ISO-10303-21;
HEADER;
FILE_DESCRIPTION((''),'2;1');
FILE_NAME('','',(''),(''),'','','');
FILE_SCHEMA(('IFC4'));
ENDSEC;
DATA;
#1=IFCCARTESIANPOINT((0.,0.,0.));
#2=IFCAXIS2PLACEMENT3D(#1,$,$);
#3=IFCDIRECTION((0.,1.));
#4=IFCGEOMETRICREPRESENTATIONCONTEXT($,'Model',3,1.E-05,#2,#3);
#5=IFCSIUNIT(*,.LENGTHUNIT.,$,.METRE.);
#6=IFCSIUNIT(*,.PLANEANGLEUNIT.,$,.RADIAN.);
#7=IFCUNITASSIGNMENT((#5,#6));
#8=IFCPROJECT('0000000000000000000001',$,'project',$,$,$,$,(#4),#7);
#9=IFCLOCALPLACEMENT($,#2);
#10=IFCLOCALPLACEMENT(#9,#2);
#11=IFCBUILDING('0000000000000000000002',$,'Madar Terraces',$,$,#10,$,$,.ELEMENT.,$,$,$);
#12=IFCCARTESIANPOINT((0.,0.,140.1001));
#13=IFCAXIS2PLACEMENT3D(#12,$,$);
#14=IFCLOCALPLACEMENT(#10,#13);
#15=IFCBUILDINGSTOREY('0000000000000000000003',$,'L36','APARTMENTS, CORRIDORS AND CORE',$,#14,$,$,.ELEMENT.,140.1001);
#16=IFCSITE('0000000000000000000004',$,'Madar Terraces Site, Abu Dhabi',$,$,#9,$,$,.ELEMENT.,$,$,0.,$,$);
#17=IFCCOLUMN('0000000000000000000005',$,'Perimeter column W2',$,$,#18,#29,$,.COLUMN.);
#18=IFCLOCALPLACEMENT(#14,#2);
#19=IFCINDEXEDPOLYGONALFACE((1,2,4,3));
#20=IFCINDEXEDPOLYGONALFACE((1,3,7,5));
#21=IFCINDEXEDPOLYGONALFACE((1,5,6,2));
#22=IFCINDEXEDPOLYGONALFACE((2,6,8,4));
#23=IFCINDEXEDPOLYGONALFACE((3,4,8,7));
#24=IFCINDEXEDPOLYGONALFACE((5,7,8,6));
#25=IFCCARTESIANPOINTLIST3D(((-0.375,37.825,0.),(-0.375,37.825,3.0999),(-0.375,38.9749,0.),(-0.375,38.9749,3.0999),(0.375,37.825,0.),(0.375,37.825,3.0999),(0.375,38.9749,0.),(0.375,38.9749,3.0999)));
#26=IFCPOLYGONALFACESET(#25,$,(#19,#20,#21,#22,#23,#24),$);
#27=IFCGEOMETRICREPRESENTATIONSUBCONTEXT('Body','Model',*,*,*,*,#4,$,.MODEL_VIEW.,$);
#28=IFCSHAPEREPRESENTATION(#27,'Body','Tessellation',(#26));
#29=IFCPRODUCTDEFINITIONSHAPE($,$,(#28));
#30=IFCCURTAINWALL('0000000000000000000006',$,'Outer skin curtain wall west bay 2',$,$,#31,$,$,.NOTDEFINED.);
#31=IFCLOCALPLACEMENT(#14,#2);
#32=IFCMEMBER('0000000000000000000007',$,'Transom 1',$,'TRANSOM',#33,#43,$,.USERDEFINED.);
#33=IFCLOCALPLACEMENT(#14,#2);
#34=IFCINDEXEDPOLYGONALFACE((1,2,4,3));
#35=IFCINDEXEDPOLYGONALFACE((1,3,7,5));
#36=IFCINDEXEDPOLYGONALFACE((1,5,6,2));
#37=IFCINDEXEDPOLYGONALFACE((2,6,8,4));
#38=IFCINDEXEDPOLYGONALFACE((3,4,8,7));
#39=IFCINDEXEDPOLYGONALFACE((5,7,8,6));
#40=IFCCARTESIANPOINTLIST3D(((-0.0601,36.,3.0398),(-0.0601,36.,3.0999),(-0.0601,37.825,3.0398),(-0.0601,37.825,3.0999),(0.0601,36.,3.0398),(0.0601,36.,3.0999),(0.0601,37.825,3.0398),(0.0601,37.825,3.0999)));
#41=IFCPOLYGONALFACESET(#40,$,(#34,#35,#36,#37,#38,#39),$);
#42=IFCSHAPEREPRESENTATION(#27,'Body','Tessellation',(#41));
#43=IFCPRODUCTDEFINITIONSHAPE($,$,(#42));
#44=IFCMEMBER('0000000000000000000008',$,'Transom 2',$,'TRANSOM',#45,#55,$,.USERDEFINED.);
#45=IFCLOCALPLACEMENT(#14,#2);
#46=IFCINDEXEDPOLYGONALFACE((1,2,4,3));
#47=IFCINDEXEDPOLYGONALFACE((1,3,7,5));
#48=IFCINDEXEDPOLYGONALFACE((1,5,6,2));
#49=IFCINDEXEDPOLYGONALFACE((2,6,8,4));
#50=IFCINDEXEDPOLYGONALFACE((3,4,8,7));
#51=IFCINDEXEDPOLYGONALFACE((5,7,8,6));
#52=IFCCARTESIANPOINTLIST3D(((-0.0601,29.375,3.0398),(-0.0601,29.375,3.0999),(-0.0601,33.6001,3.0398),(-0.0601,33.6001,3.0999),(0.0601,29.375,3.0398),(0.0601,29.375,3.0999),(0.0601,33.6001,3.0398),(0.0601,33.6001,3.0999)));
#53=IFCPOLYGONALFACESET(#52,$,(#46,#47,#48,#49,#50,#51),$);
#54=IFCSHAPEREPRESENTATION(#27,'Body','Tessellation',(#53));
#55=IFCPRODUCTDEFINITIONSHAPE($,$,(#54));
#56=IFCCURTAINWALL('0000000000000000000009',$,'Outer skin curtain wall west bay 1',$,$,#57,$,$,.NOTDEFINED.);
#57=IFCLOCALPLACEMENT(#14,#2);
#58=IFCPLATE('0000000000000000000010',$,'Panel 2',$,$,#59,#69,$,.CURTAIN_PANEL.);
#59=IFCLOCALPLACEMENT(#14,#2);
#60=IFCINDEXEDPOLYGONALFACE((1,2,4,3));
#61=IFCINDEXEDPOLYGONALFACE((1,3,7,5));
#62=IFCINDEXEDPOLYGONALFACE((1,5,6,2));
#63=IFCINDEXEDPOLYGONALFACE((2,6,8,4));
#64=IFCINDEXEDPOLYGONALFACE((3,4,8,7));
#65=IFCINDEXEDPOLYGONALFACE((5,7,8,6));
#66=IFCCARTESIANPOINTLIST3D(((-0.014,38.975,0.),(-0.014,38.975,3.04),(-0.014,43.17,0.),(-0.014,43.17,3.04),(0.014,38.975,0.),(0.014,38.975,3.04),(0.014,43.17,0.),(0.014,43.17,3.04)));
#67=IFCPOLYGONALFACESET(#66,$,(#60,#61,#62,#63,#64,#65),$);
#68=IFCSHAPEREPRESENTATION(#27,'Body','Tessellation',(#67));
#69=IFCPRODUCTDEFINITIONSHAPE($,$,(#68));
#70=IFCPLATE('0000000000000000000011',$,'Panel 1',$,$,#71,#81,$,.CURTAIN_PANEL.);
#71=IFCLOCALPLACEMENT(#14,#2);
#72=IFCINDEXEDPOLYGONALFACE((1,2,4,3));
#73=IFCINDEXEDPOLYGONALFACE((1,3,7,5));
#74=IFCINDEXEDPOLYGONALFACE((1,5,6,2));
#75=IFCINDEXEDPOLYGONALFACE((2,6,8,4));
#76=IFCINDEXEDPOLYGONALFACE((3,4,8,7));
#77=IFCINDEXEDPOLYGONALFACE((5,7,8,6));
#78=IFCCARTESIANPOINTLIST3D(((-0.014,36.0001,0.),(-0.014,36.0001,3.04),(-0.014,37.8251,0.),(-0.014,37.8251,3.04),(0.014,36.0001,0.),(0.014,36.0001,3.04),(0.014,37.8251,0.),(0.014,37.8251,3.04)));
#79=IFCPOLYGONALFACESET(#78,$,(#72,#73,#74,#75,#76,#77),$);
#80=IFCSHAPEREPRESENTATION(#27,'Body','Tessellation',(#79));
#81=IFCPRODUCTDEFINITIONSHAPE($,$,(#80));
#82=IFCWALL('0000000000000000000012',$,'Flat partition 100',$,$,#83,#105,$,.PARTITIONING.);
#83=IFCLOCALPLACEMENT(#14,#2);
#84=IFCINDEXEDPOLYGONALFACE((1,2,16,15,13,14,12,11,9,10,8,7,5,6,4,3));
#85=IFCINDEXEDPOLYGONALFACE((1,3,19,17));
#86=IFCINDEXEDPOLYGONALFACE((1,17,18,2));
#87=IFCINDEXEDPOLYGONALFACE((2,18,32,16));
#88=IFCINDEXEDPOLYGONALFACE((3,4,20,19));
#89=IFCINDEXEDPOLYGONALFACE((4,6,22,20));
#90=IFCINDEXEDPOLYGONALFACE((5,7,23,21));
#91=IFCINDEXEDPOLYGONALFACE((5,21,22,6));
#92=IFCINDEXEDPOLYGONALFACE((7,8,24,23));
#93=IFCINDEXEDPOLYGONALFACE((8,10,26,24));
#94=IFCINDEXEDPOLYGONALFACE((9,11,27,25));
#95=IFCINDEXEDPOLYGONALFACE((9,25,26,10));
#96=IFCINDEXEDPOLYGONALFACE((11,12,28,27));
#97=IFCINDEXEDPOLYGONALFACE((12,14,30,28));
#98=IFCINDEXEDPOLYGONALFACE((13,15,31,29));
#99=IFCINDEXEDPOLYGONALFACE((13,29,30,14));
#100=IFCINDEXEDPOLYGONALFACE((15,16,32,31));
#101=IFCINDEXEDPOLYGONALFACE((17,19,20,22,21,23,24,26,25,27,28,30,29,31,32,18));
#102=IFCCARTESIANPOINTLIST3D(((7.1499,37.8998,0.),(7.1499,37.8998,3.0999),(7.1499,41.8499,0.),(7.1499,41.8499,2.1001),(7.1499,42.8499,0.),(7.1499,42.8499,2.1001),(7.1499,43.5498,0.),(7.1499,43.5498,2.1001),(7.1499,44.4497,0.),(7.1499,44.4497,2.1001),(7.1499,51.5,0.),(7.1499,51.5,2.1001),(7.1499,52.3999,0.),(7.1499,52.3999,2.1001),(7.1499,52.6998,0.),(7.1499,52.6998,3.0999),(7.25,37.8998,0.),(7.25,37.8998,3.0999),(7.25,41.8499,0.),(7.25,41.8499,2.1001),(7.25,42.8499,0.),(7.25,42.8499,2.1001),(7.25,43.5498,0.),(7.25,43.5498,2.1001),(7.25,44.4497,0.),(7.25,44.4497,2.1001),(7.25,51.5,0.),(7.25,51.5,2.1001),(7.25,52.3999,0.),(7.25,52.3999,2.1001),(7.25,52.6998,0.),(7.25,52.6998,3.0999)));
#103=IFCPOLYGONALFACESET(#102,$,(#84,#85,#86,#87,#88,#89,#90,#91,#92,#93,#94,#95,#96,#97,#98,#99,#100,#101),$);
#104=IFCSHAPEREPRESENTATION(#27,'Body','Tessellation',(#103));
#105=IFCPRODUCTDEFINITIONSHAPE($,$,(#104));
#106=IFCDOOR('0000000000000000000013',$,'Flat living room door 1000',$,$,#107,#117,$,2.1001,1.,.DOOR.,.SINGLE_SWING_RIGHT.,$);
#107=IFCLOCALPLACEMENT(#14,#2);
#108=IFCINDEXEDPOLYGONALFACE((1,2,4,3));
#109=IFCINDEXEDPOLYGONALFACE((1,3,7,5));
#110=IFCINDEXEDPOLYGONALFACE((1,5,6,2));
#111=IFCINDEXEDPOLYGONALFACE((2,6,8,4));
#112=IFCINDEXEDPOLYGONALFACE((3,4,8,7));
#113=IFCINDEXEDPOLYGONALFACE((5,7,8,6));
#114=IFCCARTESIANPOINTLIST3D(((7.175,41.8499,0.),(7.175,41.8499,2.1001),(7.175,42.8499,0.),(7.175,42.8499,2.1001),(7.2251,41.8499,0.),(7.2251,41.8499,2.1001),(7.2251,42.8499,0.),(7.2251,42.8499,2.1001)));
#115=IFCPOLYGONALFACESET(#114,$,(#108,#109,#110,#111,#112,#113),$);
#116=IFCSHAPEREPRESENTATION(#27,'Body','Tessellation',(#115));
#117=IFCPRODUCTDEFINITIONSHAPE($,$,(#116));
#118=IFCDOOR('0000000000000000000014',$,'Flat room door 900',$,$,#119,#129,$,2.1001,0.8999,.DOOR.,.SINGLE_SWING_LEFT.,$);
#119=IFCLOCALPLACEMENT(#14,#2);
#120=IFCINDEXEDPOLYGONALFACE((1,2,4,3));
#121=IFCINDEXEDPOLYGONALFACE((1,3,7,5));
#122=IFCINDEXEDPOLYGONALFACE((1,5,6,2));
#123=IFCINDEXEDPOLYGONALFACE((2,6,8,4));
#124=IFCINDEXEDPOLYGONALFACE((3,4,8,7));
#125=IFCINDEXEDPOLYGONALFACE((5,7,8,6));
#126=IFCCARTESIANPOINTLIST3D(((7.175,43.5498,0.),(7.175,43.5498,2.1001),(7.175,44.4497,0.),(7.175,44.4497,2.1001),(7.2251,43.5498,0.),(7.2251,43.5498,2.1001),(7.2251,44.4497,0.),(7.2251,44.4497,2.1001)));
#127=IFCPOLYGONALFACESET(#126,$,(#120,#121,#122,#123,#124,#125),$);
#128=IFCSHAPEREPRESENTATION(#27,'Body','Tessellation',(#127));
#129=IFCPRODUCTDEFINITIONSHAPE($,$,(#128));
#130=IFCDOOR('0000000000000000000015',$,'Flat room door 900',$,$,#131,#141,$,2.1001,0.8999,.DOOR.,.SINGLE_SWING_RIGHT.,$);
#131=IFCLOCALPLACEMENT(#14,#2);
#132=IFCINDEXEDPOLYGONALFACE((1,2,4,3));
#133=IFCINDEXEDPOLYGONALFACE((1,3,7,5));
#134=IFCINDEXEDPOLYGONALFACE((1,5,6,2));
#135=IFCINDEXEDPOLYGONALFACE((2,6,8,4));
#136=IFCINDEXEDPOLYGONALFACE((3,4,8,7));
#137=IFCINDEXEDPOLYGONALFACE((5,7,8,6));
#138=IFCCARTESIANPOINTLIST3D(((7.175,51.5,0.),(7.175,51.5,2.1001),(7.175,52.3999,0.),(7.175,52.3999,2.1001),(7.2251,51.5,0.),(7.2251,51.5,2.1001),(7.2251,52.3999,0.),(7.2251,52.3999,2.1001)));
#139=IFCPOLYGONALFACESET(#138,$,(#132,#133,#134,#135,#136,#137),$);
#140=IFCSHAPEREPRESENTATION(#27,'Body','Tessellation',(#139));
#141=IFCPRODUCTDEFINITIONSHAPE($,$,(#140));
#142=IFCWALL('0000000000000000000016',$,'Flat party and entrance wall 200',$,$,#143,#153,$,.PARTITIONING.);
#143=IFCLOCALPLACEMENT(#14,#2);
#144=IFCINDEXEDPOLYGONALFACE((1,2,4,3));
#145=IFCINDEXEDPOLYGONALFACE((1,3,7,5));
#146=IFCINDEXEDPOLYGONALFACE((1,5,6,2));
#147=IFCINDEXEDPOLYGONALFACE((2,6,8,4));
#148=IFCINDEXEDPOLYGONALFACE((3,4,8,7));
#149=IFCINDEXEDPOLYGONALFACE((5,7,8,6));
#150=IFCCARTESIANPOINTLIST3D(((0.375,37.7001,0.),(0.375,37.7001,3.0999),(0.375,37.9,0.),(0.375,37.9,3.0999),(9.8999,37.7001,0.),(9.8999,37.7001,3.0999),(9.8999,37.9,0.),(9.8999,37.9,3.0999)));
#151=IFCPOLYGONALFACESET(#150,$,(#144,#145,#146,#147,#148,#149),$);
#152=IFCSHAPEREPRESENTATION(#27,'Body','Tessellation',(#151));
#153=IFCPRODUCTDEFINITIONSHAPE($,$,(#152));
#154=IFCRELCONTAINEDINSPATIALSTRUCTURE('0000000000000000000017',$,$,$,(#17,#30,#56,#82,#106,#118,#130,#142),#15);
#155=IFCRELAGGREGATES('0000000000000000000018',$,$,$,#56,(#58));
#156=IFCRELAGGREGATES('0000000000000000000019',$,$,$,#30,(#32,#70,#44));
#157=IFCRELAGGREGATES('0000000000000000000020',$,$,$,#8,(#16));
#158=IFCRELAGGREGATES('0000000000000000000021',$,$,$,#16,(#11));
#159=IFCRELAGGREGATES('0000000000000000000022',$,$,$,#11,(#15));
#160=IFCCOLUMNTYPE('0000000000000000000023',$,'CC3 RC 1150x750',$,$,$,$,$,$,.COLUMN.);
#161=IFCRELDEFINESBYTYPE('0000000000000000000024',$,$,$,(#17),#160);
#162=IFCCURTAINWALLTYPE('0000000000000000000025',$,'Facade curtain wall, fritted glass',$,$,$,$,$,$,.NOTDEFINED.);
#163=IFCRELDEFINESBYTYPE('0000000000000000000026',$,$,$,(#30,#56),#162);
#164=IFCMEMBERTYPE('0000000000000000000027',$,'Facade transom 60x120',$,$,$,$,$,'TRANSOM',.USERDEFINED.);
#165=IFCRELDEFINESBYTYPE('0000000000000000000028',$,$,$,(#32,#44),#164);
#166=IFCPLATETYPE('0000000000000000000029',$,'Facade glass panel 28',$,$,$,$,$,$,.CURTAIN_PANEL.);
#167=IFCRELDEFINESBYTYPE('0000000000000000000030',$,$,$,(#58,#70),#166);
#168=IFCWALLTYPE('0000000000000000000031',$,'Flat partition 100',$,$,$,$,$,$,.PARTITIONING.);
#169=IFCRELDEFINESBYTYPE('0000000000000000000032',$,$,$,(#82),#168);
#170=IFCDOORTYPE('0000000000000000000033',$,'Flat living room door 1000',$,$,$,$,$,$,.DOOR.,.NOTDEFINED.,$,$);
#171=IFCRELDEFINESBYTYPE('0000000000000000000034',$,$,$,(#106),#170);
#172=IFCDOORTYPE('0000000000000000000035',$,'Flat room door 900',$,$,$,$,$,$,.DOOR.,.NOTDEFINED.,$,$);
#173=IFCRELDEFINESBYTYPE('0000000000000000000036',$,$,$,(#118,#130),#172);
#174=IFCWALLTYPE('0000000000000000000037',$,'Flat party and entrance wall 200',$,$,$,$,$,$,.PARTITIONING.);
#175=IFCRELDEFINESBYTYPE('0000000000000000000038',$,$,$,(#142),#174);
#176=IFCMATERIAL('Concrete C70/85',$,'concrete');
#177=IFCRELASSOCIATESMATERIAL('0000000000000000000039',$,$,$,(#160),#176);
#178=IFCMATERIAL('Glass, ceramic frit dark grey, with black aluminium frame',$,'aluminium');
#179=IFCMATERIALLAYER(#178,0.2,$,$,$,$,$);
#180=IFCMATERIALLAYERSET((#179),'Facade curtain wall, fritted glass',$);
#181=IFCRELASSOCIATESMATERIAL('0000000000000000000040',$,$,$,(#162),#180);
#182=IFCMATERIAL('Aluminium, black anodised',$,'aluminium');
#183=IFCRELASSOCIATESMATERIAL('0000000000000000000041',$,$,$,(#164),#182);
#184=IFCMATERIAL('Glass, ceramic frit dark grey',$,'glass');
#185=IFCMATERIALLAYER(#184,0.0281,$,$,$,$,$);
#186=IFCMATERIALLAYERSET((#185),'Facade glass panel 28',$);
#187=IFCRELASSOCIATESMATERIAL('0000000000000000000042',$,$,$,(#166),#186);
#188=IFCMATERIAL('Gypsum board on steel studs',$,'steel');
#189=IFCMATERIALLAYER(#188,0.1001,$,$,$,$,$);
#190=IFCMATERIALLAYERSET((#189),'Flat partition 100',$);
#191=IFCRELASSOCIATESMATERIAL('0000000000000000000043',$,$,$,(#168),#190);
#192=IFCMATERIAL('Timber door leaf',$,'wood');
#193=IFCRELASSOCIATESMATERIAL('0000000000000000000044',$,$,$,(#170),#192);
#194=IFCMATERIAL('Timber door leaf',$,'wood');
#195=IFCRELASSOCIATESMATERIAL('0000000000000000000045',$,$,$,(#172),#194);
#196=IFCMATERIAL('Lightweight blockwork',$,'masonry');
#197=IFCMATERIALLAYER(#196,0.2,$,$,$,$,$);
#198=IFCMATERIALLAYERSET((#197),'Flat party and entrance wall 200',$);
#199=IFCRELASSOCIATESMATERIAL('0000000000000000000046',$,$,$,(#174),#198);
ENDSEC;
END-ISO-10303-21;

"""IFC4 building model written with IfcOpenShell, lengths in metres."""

from ifc_helpers import new_model, si_unit, direction, frame, frame_2d, origin, origin_2d, place, context, subcontext, project, spatial, rectangle, extrude, material, layer, layer_set, material_profile, profile_set, type_object, element, fill, aggregate, save


model = new_model("IFC4")

# Units and contexts
model_context = context("Model", 3, precision=1e-05, world=origin(), true_north=direction((0.0, 1.0)))
body_context = subcontext(model_context, "Body", "Model", "MODEL_VIEW")
ifc_project = project(units=[si_unit("LENGTHUNIT", "METRE"), si_unit("PLANEANGLEUNIT", "RADIAN")], contexts=[model_context])

# Site, building, storey
site_placement = place(None, origin())
site = spatial("IfcSite", under=ifc_project, at=site_placement, Name="Madar Terraces Site, Abu Dhabi", CompositionType="ELEMENT", RefElevation=0.0)
building_placement = place(site_placement, origin())
building = spatial("IfcBuilding", under=site, at=building_placement, Name="Madar Terraces", CompositionType="ELEMENT")
storey_placement = place(building_placement, frame((0.0, 0.0, 140.1001)))
storey = spatial("IfcBuildingStorey", under=building, at=storey_placement, Name="L36", Description="APARTMENTS, CORRIDORS AND CORE", CompositionType="ELEMENT", Elevation=140.1001)

# Column
ifc_material_1 = material(Name="Concrete C70/85", Category="concrete")
ifc_material_profile_1 = material_profile(ifc_material_1, rectangle(XDim=1.1499, YDim=0.75, at=origin_2d()), Name="CC3 RC 1150x750")
ifc_profile_set_1 = profile_set([ifc_material_profile_1], Name="Concrete C70/85")
column_type = type_object("IfcColumnType", Name="CC3 RC 1150x750", PredefinedType="COLUMN", material=ifc_profile_set_1)
column_placement = place(storey_placement, frame((0.0, 38.3999, 0.0), z_axis=(0.0, 0.0, 1.0), x_axis=(0.0, 1.0, 0.0)))
element("IfcColumn", 1, at=column_placement, inside=storey, type_object=column_type, Name="Perimeter column W2", PredefinedType="COLUMN", context=body_context, shape_type="SweptSolid", body=[
    extrude(rectangle(XDim=1.1499, YDim=0.75, at=origin_2d()), origin(), (0.0, 0.0, 1.0), 3.0999),
])

# Curtain wall, members
ifc_material_2 = material(Name="Glass, ceramic frit dark grey, with black aluminium frame", Category="aluminium")
ifc_layer_1 = layer(ifc_material_2, 0.2)
ifc_layer_set_1 = layer_set([ifc_layer_1], Name="Facade curtain wall, fritted glass")
curtain_wall_type = type_object("IfcCurtainWallType", Name="Facade curtain wall, fritted glass", PredefinedType="NOTDEFINED", material=ifc_layer_set_1)
curtain_wall_1_placement = place(storey_placement, origin())
curtain_wall_1 = element("IfcCurtainWall", 2, at=curtain_wall_1_placement, inside=storey, type_object=curtain_wall_type, Name="Outer skin curtain wall west bay 2", PredefinedType="NOTDEFINED")
ifc_material_3 = material(Name="Aluminium, black anodised", Category="aluminium")
ifc_material_profile_2 = material_profile(ifc_material_3, rectangle(XDim=0.1201, YDim=0.0601, at=origin_2d()), Name="Facade transom 60x120")
ifc_profile_set_2 = profile_set([ifc_material_profile_2], Name="Aluminium, black anodised")
member_type = type_object("IfcMemberType", Name="Facade transom 60x120", ElementType="TRANSOM", PredefinedType="USERDEFINED", material=ifc_profile_set_2)
member_1_placement = place(storey_placement, frame((0.0, 37.825, 3.0698), z_axis=(0.0, -1.0, 0.0), x_axis=(1.0, 0.0, 0.0)))
member_1 = element("IfcMember", 3, at=member_1_placement, type_object=member_type, Name="Transom 1", ObjectType="TRANSOM", PredefinedType="USERDEFINED", context=body_context, shape_type="SweptSolid", body=[
    extrude(rectangle(XDim=0.1201, YDim=0.0601, at=origin_2d()), origin(), (0.0, 0.0, 1.0), 1.825),
])
member_2_placement = place(storey_placement, frame((0.0, 33.6001, 3.0698), z_axis=(0.0, -1.0, 0.0), x_axis=(1.0, 0.0, 0.0)))
member_2 = element("IfcMember", 4, at=member_2_placement, type_object=member_type, Name="Transom 2", ObjectType="TRANSOM", PredefinedType="USERDEFINED", context=body_context, shape_type="SweptSolid", body=[
    extrude(rectangle(XDim=0.1201, YDim=0.0601, at=origin_2d()), origin(), (0.0, 0.0, 1.0), 4.2251),
])

# Curtain wall, plate
curtain_wall_2_placement = place(storey_placement, origin())
curtain_wall_2 = element("IfcCurtainWall", 5, at=curtain_wall_2_placement, inside=storey, type_object=curtain_wall_type, Name="Outer skin curtain wall west bay 1", PredefinedType="NOTDEFINED")
ifc_material_4 = material(Name="Glass, ceramic frit dark grey", Category="glass")
ifc_layer_2 = layer(ifc_material_4, 0.0281)
ifc_layer_set_2 = layer_set([ifc_layer_2], Name="Facade glass panel 28")
plate_type = type_object("IfcPlateType", Name="Facade glass panel 28", PredefinedType="CURTAIN_PANEL", material=ifc_layer_set_2)
plate_1_placement = place(storey_placement, frame((0.0, 41.0725, 0.0), z_axis=(0.0, 0.0, 1.0), x_axis=(0.0, -1.0, 0.0)))
plate_1 = element("IfcPlate", 6, at=plate_1_placement, type_object=plate_type, Name="Panel 2", PredefinedType="CURTAIN_PANEL", context=body_context, shape_type="SweptSolid", body=[
    extrude(rectangle(XDim=4.1951, YDim=0.0281, at=origin_2d()), origin(), (0.0, 0.0, 1.0), 3.04),
])
aggregate(curtain_wall_2, [plate_1])

# Plate
plate_2_placement = place(storey_placement, frame((0.0, 36.9126, 0.0), z_axis=(0.0, 0.0, 1.0), x_axis=(0.0, -1.0, 0.0)))
plate_2 = element("IfcPlate", 7, at=plate_2_placement, type_object=plate_type, Name="Panel 1", PredefinedType="CURTAIN_PANEL", context=body_context, shape_type="SweptSolid", body=[
    extrude(rectangle(XDim=1.825, YDim=0.0281, at=origin_2d()), origin(), (0.0, 0.0, 1.0), 3.04),
])
aggregate(curtain_wall_1, [member_1, plate_2, member_2])

# Wall, openings, doors
ifc_material_5 = material(Name="Gypsum board on steel studs", Category="steel")
ifc_layer_3 = layer(ifc_material_5, 0.1001)
ifc_layer_set_3 = layer_set([ifc_layer_3], Name="Flat partition 100")
wall_type_1 = type_object("IfcWallType", Name="Flat partition 100", PredefinedType="PARTITIONING", material=ifc_layer_set_3)
wall_1_placement = place(storey_placement, frame((7.2, 37.8999, 0.0), z_axis=(0.0, 0.0, 1.0), x_axis=(0.0, 1.0, 0.0)))
wall_1 = element("IfcWall", 8, at=wall_1_placement, inside=storey, type_object=wall_type_1, Name="Flat partition 100", PredefinedType="PARTITIONING", context=body_context, shape_type="SweptSolid", body=[
    extrude(rectangle(XDim=14.8, YDim=0.1001, at=frame_2d((7.3999, 0.0))), origin(), (0.0, 0.0, 1.0), 3.0999),
])
opening_1_placement = place(wall_1_placement, frame((3.95, 0.0, 0.0)))
opening_1 = element("IfcOpeningElement", 9, at=opening_1_placement, cuts=wall_1, PredefinedType="OPENING", context=body_context, shape_type="SweptSolid", body=[
    extrude(rectangle(XDim=1.0, YDim=2.1001, at=frame_2d((0.5, 1.05))), frame((0.0, 0.0601, 0.0), z_axis=(0.0, -1.0, 0.0), x_axis=(1.0, 0.0, 0.0)), (0.0, 0.0, 1.0), 0.1201),
])
opening_2_placement = place(wall_1_placement, frame((5.6499, 0.0, 0.0)))
opening_2 = element("IfcOpeningElement", 10, at=opening_2_placement, cuts=wall_1, PredefinedType="OPENING", context=body_context, shape_type="SweptSolid", body=[
    extrude(rectangle(XDim=0.8999, YDim=2.1001, at=frame_2d((0.45, 1.05))), frame((0.0, 0.0601, 0.0), z_axis=(0.0, -1.0, 0.0), x_axis=(1.0, 0.0, 0.0)), (0.0, 0.0, 1.0), 0.1201),
])
opening_3_placement = place(wall_1_placement, frame((13.6001, 0.0, 0.0)))
opening_3 = element("IfcOpeningElement", 11, at=opening_3_placement, cuts=wall_1, PredefinedType="OPENING", context=body_context, shape_type="SweptSolid", body=[
    extrude(rectangle(XDim=0.8999, YDim=2.1001, at=frame_2d((0.45, 1.05))), frame((0.0, 0.0601, 0.0), z_axis=(0.0, -1.0, 0.0), x_axis=(1.0, 0.0, 0.0)), (0.0, 0.0, 1.0), 0.1201),
])
ifc_material_6 = material(Name="Timber door leaf", Category="wood")
door_type_1 = type_object("IfcDoorType", Name="Flat living room door 1000", OperationType="NOTDEFINED", PredefinedType="DOOR", material=ifc_material_6)
door_1_placement = place(opening_1_placement, origin())
door_1 = element("IfcDoor", 12, at=door_1_placement, inside=storey, type_object=door_type_1, Name="Flat living room door 1000", OperationType="SINGLE_SWING_RIGHT", OverallHeight=2.1001, OverallWidth=1.0, PredefinedType="DOOR", context=body_context, shape_type="SweptSolid", body=[
    extrude(rectangle(XDim=1.0, YDim=2.1001, at=frame_2d((0.5, 1.05))), frame((0.0, 0.0249, 0.0), z_axis=(0.0, -1.0, 0.0), x_axis=(1.0, 0.0, 0.0)), (0.0, 0.0, 1.0), 0.05),
])
fill(opening_1, door_1)
ifc_material_7 = material(Name="Timber door leaf", Category="wood")
door_type_2 = type_object("IfcDoorType", Name="Flat room door 900", OperationType="NOTDEFINED", PredefinedType="DOOR", material=ifc_material_7)
door_2_placement = place(opening_2_placement, origin())
door_2 = element("IfcDoor", 13, at=door_2_placement, inside=storey, type_object=door_type_2, Name="Flat room door 900", OperationType="SINGLE_SWING_LEFT", OverallHeight=2.1001, OverallWidth=0.8999, PredefinedType="DOOR", context=body_context, shape_type="SweptSolid", body=[
    extrude(rectangle(XDim=0.8999, YDim=2.1001, at=frame_2d((0.45, 1.05))), frame((0.0, 0.0249, 0.0), z_axis=(0.0, -1.0, 0.0), x_axis=(1.0, 0.0, 0.0)), (0.0, 0.0, 1.0), 0.05),
])
fill(opening_2, door_2)
door_3_placement = place(opening_3_placement, origin())
door_3 = element("IfcDoor", 14, at=door_3_placement, inside=storey, type_object=door_type_2, Name="Flat room door 900", OperationType="SINGLE_SWING_RIGHT", OverallHeight=2.1001, OverallWidth=0.8999, PredefinedType="DOOR", context=body_context, shape_type="SweptSolid", body=[
    extrude(rectangle(XDim=0.8999, YDim=2.1001, at=frame_2d((0.45, 1.05))), frame((0.0, 0.0249, 0.0), z_axis=(0.0, -1.0, 0.0), x_axis=(1.0, 0.0, 0.0)), (0.0, 0.0, 1.0), 0.05),
])
fill(opening_3, door_3)

# Wall
ifc_material_8 = material(Name="Lightweight blockwork", Category="masonry")
ifc_layer_4 = layer(ifc_material_8, 0.2)
ifc_layer_set_4 = layer_set([ifc_layer_4], Name="Flat party and entrance wall 200")
wall_type_2 = type_object("IfcWallType", Name="Flat party and entrance wall 200", PredefinedType="PARTITIONING", material=ifc_layer_set_4)
wall_2_placement = place(storey_placement, frame((0.375, 37.8, 0.0), z_axis=(0.0, 0.0, 1.0), x_axis=(1.0, 0.0, 0.0)))
element("IfcWall", 15, at=wall_2_placement, inside=storey, type_object=wall_type_2, Name="Flat party and entrance wall 200", PredefinedType="PARTITIONING", context=body_context, shape_type="SweptSolid", body=[
    extrude(rectangle(XDim=9.5249, YDim=0.2, at=frame_2d((4.7625, 0.0))), origin(), (0.0, 0.0, 1.0), 3.0999),
])

save(model, "model.ifc")
